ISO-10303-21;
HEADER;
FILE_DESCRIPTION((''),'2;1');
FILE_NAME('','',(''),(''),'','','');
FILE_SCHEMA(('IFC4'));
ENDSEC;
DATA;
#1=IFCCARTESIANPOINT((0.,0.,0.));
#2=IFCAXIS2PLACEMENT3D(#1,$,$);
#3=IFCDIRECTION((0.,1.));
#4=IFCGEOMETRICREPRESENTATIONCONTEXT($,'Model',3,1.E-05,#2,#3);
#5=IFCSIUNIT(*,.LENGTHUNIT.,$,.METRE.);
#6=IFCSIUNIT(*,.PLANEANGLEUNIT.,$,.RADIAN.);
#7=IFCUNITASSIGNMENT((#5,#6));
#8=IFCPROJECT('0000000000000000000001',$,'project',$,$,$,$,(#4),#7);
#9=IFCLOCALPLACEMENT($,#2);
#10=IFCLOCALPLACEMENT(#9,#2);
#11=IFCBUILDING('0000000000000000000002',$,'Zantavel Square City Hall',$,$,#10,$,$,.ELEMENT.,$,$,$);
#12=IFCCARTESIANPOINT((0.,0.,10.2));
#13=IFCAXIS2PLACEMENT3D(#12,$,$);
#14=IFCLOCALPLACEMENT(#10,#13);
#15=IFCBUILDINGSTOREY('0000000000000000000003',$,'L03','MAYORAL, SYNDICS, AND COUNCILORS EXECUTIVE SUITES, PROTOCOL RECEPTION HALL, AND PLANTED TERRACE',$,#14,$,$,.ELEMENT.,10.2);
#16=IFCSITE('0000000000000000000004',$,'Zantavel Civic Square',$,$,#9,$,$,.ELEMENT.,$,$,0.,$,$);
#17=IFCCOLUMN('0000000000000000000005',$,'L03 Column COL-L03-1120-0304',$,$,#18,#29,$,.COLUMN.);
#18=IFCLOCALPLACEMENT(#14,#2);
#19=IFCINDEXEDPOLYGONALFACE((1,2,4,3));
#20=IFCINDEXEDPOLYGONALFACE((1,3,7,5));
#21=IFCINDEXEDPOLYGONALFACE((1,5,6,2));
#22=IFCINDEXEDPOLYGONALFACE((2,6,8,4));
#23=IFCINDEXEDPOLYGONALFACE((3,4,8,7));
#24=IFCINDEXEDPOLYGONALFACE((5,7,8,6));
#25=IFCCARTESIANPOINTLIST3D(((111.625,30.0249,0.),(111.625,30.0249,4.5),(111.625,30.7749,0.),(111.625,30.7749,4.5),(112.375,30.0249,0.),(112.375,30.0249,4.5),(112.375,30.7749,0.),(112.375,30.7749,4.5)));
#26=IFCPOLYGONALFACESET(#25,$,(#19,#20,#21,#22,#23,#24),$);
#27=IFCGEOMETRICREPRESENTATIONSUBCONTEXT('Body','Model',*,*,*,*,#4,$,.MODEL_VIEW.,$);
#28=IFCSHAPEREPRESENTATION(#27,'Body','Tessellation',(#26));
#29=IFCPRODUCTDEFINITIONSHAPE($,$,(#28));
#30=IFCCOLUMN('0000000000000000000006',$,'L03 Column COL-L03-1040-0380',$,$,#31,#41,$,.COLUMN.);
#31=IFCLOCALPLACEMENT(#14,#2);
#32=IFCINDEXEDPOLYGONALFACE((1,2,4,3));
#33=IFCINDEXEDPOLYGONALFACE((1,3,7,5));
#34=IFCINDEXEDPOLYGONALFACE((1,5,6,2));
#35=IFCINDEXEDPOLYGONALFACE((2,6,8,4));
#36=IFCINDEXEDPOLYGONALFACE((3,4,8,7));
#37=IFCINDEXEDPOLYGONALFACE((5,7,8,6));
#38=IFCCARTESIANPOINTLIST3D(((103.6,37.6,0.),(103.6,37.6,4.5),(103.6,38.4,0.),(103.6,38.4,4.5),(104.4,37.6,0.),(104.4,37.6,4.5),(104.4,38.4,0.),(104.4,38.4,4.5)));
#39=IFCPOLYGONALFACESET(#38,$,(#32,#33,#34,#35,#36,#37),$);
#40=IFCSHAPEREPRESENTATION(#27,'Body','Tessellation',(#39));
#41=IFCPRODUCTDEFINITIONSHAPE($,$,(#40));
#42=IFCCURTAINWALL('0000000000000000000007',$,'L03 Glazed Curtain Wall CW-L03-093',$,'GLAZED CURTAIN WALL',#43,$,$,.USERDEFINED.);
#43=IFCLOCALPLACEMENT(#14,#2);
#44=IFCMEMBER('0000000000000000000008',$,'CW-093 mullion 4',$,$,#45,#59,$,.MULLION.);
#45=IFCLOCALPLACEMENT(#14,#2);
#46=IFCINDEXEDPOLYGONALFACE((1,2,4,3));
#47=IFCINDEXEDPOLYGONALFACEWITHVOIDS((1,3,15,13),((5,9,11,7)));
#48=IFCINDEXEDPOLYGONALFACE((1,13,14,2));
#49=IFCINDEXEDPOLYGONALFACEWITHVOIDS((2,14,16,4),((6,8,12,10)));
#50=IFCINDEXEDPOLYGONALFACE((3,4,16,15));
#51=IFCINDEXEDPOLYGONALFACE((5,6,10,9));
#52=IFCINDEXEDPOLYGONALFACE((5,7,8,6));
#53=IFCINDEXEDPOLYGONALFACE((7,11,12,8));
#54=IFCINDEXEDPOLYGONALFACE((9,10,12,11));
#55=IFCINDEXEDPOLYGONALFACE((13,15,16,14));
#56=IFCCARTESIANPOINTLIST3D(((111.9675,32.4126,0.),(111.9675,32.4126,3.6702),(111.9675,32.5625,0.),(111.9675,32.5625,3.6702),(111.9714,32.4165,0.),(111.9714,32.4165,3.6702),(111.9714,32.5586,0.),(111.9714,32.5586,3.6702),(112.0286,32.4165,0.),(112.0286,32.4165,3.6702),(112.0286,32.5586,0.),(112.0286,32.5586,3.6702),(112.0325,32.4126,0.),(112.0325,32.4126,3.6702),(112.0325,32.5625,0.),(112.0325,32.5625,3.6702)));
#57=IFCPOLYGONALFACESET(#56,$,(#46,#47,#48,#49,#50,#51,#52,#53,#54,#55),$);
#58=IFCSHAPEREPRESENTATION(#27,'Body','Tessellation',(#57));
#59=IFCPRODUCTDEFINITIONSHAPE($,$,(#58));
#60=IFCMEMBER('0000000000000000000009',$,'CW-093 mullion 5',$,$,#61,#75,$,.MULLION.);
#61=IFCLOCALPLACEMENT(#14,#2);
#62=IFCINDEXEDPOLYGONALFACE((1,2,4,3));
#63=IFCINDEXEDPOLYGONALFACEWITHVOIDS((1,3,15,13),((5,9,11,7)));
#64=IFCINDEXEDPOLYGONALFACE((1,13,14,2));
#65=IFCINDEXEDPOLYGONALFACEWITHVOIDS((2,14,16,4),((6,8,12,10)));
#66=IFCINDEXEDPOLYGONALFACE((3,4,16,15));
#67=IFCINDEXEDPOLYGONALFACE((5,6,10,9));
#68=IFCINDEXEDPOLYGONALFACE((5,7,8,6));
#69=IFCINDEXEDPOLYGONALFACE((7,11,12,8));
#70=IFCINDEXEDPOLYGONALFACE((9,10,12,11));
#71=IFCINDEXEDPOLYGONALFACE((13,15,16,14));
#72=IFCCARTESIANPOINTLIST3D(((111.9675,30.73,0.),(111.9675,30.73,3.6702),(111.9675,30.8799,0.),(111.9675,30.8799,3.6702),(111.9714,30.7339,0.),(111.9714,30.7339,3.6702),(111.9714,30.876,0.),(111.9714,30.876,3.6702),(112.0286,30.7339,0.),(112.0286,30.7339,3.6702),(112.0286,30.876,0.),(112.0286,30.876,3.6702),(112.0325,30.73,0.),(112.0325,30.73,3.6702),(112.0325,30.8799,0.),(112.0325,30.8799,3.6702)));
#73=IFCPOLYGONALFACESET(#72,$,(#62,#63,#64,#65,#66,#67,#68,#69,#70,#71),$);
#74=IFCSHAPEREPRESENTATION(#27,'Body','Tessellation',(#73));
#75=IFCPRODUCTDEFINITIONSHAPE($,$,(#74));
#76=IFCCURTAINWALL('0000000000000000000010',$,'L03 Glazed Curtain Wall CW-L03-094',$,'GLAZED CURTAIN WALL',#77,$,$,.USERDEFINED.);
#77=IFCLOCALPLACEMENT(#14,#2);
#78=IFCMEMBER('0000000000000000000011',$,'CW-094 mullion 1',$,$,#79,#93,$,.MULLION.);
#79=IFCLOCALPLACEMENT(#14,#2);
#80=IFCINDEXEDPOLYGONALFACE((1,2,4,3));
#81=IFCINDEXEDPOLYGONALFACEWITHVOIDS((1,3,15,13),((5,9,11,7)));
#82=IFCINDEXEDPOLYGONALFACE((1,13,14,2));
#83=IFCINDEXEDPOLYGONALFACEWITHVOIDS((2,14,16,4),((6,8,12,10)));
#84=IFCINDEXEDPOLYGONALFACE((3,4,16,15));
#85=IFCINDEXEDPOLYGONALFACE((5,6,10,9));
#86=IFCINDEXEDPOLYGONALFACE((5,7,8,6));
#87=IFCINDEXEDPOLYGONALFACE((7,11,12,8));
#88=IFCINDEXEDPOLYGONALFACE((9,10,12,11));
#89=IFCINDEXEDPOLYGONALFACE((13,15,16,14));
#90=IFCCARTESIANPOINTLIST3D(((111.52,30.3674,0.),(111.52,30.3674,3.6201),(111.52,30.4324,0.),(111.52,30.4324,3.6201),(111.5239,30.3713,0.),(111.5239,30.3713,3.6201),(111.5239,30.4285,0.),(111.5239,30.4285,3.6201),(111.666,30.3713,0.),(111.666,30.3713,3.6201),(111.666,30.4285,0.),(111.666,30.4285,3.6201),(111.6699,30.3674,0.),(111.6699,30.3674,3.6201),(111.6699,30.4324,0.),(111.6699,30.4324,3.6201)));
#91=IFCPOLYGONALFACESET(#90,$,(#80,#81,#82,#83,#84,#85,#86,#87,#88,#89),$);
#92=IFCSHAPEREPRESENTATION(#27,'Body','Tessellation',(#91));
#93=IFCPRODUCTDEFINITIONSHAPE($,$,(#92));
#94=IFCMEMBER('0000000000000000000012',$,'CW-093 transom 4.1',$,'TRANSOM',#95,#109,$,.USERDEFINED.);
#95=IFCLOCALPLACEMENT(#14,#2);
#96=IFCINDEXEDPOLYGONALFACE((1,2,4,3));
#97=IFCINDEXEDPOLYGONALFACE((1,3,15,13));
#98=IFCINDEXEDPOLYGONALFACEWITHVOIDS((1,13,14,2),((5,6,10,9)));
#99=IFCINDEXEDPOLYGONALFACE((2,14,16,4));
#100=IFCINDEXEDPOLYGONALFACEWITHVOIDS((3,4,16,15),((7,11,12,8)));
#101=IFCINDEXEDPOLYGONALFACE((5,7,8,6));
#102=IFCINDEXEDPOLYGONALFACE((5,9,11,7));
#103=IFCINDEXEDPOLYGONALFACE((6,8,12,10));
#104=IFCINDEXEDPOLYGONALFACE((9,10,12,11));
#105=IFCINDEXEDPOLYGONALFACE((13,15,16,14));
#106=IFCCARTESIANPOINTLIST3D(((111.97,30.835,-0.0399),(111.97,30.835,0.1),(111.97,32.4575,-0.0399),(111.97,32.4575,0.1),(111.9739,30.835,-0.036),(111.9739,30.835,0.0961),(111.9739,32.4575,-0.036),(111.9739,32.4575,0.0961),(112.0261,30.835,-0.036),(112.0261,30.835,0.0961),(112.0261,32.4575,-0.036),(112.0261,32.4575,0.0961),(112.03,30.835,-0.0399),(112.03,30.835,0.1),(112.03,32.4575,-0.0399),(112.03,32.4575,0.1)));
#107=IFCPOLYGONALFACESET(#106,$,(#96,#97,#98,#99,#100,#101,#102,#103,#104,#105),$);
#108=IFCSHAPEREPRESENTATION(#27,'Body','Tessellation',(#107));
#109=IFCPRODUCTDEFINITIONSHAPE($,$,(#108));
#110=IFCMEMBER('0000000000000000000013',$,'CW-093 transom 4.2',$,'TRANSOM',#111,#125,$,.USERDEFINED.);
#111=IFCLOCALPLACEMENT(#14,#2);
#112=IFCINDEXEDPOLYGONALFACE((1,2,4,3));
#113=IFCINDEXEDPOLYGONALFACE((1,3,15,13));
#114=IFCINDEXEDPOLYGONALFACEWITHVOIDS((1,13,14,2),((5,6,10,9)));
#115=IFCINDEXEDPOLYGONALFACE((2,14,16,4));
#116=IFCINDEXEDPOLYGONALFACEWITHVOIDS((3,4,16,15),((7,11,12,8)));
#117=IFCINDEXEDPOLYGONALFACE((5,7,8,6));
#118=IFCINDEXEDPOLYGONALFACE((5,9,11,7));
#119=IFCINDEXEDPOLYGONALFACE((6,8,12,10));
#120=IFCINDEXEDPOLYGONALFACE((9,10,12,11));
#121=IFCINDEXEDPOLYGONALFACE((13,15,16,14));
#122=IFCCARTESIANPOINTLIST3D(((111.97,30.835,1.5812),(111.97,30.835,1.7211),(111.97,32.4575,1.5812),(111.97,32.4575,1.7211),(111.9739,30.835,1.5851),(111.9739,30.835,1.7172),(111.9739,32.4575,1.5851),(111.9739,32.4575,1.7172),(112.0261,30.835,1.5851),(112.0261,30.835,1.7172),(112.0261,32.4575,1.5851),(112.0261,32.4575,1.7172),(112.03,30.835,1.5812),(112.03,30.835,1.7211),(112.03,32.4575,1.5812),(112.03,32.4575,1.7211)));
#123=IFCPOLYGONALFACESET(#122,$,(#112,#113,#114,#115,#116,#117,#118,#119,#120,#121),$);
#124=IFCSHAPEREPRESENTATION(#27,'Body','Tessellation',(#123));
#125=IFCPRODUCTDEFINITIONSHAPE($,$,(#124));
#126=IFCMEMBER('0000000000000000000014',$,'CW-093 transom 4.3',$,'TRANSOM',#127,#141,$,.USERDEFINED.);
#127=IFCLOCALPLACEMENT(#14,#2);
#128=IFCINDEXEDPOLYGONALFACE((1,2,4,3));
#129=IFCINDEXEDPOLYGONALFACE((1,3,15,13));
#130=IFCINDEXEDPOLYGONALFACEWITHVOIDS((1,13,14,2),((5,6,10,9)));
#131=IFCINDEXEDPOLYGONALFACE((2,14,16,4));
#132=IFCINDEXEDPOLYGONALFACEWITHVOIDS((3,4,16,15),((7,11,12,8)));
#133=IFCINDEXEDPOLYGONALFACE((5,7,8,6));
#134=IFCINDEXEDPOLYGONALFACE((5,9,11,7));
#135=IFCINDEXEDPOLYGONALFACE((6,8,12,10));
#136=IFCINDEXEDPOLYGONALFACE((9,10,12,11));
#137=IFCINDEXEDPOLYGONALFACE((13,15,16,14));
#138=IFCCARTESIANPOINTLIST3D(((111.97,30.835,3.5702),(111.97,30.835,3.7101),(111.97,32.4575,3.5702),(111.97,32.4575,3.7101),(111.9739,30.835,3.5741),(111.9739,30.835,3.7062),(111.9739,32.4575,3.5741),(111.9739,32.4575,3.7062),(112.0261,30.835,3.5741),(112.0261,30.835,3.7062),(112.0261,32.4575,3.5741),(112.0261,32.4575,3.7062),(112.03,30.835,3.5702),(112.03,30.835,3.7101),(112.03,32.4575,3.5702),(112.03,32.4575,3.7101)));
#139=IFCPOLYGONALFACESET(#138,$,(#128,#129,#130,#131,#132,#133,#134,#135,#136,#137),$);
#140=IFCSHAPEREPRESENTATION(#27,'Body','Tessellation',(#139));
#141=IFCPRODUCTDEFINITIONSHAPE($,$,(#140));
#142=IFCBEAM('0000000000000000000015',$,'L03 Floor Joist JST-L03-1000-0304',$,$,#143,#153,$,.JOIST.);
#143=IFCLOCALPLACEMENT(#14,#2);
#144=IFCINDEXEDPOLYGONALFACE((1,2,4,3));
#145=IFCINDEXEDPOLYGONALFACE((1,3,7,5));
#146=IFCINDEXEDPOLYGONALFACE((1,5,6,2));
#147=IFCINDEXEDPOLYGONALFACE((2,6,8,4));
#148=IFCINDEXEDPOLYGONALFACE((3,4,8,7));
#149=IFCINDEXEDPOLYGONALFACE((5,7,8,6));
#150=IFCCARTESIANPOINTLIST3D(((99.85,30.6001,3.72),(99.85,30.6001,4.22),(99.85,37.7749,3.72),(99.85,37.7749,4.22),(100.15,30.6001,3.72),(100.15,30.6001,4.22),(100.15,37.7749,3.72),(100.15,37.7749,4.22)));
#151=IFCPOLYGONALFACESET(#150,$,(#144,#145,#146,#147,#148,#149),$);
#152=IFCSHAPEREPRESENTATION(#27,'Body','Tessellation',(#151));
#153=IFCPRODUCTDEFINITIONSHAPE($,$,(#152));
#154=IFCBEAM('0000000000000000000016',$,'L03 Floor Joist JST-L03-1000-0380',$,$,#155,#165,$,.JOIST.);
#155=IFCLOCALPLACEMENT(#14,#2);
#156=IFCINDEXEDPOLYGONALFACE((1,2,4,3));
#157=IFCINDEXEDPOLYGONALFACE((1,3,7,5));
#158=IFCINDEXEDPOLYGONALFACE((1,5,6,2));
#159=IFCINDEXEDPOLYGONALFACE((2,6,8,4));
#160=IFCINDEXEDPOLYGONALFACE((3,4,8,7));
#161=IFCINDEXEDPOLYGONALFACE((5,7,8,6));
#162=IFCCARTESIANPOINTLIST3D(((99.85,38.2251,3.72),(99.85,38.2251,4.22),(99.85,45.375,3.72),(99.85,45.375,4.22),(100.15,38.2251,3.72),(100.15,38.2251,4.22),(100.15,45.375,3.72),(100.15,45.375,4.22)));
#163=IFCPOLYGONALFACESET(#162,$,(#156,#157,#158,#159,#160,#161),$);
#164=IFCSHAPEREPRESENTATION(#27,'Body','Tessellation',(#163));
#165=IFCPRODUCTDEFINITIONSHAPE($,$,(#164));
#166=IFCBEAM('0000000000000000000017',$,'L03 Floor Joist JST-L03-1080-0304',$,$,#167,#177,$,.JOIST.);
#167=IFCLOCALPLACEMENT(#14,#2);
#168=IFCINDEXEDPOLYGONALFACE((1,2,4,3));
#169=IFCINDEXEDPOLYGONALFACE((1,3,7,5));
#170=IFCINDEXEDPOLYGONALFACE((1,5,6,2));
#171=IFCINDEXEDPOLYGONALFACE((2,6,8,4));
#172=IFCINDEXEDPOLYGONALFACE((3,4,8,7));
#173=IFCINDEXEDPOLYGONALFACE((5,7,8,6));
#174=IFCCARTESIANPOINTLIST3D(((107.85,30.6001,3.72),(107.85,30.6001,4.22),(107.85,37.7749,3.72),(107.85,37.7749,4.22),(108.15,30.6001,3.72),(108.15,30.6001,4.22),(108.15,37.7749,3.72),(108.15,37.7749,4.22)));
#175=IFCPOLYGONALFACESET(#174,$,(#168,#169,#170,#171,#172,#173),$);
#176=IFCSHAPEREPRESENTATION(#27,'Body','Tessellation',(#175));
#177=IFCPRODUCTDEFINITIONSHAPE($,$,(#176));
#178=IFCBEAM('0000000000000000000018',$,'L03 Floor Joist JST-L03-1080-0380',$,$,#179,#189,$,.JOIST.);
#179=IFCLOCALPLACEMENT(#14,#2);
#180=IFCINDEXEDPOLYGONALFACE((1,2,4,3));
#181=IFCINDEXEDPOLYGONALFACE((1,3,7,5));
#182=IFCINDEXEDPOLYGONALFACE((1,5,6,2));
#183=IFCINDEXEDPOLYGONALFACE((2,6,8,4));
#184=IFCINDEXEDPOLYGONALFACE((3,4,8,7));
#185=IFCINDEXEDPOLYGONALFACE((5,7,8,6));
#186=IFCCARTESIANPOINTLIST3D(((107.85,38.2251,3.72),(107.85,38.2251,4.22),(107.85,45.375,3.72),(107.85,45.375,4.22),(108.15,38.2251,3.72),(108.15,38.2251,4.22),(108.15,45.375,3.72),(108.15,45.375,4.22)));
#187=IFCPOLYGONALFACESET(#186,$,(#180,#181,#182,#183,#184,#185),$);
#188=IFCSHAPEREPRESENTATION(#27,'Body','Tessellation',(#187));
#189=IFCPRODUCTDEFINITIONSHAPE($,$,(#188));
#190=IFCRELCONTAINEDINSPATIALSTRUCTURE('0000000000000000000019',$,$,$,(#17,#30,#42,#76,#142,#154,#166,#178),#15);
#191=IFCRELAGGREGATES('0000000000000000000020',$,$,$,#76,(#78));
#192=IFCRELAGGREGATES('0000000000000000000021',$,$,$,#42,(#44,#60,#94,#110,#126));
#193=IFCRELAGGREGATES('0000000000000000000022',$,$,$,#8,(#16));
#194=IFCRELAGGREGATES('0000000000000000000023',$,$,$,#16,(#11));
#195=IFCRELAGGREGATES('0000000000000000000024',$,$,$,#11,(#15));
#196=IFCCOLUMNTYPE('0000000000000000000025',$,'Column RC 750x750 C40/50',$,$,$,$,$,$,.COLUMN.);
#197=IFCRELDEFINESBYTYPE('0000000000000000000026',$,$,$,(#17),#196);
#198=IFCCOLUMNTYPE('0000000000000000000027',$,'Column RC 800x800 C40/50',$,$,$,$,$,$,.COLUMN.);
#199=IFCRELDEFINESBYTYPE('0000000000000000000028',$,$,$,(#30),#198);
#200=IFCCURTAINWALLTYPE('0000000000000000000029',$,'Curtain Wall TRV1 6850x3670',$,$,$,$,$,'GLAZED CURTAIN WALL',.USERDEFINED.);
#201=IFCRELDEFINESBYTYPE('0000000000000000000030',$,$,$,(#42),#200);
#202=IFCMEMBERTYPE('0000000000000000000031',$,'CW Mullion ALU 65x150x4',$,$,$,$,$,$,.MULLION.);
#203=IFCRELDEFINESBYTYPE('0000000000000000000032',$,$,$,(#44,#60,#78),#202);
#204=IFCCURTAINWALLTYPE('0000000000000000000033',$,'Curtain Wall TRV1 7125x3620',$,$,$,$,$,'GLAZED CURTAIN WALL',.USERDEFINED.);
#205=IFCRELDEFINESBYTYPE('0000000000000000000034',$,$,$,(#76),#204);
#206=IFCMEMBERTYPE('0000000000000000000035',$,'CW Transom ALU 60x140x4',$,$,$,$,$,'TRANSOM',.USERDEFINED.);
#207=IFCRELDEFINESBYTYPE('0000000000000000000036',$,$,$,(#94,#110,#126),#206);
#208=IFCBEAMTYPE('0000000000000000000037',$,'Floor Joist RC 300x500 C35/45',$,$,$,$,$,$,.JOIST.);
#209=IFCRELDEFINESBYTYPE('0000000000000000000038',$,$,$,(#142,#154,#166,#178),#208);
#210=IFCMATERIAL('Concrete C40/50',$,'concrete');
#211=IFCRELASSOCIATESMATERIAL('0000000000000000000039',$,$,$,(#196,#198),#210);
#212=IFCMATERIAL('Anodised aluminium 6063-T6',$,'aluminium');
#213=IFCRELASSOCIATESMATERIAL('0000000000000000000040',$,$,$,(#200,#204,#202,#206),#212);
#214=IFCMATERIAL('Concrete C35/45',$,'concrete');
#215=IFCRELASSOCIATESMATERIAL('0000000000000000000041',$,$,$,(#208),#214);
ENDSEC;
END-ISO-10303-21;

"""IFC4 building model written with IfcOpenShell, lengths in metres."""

from ifc_helpers import new_model, si_unit, direction, frame, origin, origin_2d, place, context, subcontext, project, spatial, rectangle, hollow_rectangle, extrude, material, material_profile, profile_set, type_object, element, aggregate, save


model = new_model("IFC4")

# Units and contexts
model_context = context("Model", 3, precision=1e-05, world=origin(), true_north=direction((0.0, 1.0)))
body_context = subcontext(model_context, "Body", "Model", "MODEL_VIEW")
ifc_project = project(units=[si_unit("LENGTHUNIT", "METRE"), si_unit("PLANEANGLEUNIT", "RADIAN")], contexts=[model_context])

# Site, building, storey
site_placement = place(None, origin())
site = spatial("IfcSite", under=ifc_project, at=site_placement, Name="Zantavel Civic Square", CompositionType="ELEMENT", RefElevation=0.0)
building_placement = place(site_placement, origin())
building = spatial("IfcBuilding", under=site, at=building_placement, Name="Zantavel Square City Hall", CompositionType="ELEMENT")
storey_placement = place(building_placement, frame((0.0, 0.0, 10.2)))
storey = spatial("IfcBuildingStorey", under=building, at=storey_placement, Name="L03", Description="MAYORAL, SYNDICS, AND COUNCILORS EXECUTIVE SUITES, PROTOCOL RECEPTION HALL, AND PLANTED TERRACE", CompositionType="ELEMENT", Elevation=10.2)

# Columns
ifc_material_1 = material(Name="Concrete C40/50", Category="concrete")
ifc_material_profile_1 = material_profile(ifc_material_1, rectangle(XDim=0.75, YDim=0.75, at=origin_2d()), Name="RC 750x750")
ifc_profile_set_1 = profile_set([ifc_material_profile_1], Name="Concrete C40/50")
column_type_1 = type_object("IfcColumnType", Name="Column RC 750x750 C40/50", PredefinedType="COLUMN", material=ifc_profile_set_1)
column_1_placement = place(storey_placement, frame((112.0, 30.3999, 0.0), z_axis=(0.0, 0.0, 1.0), x_axis=(1.0, 0.0, 0.0)))
element("IfcColumn", 1, at=column_1_placement, inside=storey, type_object=column_type_1, Name="L03 Column COL-L03-1120-0304", PredefinedType="COLUMN", context=body_context, shape_type="SweptSolid", body=[
    extrude(rectangle(XDim=0.75, YDim=0.75, at=origin_2d()), origin(), (0.0, 0.0, 1.0), 4.5),
])
ifc_material_profile_2 = material_profile(ifc_material_1, rectangle(XDim=0.8, YDim=0.8, at=origin_2d()), Name="RC 800x800")
ifc_profile_set_2 = profile_set([ifc_material_profile_2], Name="Concrete C40/50")
column_type_2 = type_object("IfcColumnType", Name="Column RC 800x800 C40/50", PredefinedType="COLUMN", material=ifc_profile_set_2)
column_2_placement = place(storey_placement, frame((104.0, 38.0, 0.0), z_axis=(0.0, 0.0, 1.0), x_axis=(1.0, 0.0, 0.0)))
element("IfcColumn", 2, at=column_2_placement, inside=storey, type_object=column_type_2, Name="L03 Column COL-L03-1040-0380", PredefinedType="COLUMN", context=body_context, shape_type="SweptSolid", body=[
    extrude(rectangle(XDim=0.8, YDim=0.8, at=origin_2d()), origin(), (0.0, 0.0, 1.0), 4.5),
])

# Curtain wall, members
ifc_material_2 = material(Name="Anodised aluminium 6063-T6", Category="aluminium")
curtain_wall_type_1 = type_object("IfcCurtainWallType", Name="Curtain Wall TRV1 6850x3670", ElementType="GLAZED CURTAIN WALL", PredefinedType="USERDEFINED", material=ifc_material_2)
curtain_wall_1_placement = place(storey_placement, origin())
curtain_wall_1 = element("IfcCurtainWall", 3, at=curtain_wall_1_placement, inside=storey, type_object=curtain_wall_type_1, Name="L03 Glazed Curtain Wall CW-L03-093", ObjectType="GLAZED CURTAIN WALL", PredefinedType="USERDEFINED")
ifc_material_profile_3 = material_profile(ifc_material_2, hollow_rectangle(XDim=0.0649, YDim=0.1499, WallThickness=0.0039, at=origin_2d()), Name="ALU 65x150x4")
ifc_profile_set_3 = profile_set([ifc_material_profile_3], Name="Anodised aluminium 6063-T6")
member_type_1 = type_object("IfcMemberType", Name="CW Mullion ALU 65x150x4", PredefinedType="MULLION", material=ifc_profile_set_3)
member_1_placement = place(storey_placement, frame((112.0, 32.4875, 0.0), z_axis=(0.0, 0.0, 1.0), x_axis=(1.0, 0.0, 0.0)))
member_1 = element("IfcMember", 4, at=member_1_placement, type_object=member_type_1, Name="CW-093 mullion 4", PredefinedType="MULLION", context=body_context, shape_type="SweptSolid", body=[
    extrude(hollow_rectangle(XDim=0.0649, YDim=0.1499, WallThickness=0.0039, at=origin_2d()), origin(), (0.0, 0.0, 1.0), 3.6702),
])
member_2_placement = place(storey_placement, frame((112.0, 30.8049, 0.0), z_axis=(0.0, 0.0, 1.0), x_axis=(1.0, 0.0, 0.0)))
member_2 = element("IfcMember", 5, at=member_2_placement, type_object=member_type_1, Name="CW-093 mullion 5", PredefinedType="MULLION", context=body_context, shape_type="SweptSolid", body=[
    extrude(hollow_rectangle(XDim=0.0649, YDim=0.1499, WallThickness=0.0039, at=origin_2d()), origin(), (0.0, 0.0, 1.0), 3.6702),
])

# Curtain wall, member
curtain_wall_type_2 = type_object("IfcCurtainWallType", Name="Curtain Wall TRV1 7125x3620", ElementType="GLAZED CURTAIN WALL", PredefinedType="USERDEFINED", material=ifc_material_2)
curtain_wall_2_placement = place(storey_placement, origin())
curtain_wall_2 = element("IfcCurtainWall", 6, at=curtain_wall_2_placement, inside=storey, type_object=curtain_wall_type_2, Name="L03 Glazed Curtain Wall CW-L03-094", ObjectType="GLAZED CURTAIN WALL", PredefinedType="USERDEFINED")
member_3_placement = place(storey_placement, frame((111.595, 30.3999, 0.0), z_axis=(0.0, 0.0, 1.0), x_axis=(0.0, -1.0, 0.0)))
member_3 = element("IfcMember", 7, at=member_3_placement, type_object=member_type_1, Name="CW-094 mullion 1", PredefinedType="MULLION", context=body_context, shape_type="SweptSolid", body=[
    extrude(hollow_rectangle(XDim=0.0649, YDim=0.1499, WallThickness=0.0039, at=origin_2d()), origin(), (0.0, 0.0, 1.0), 3.6201),
])
aggregate(curtain_wall_2, [member_3])

# Members
ifc_material_profile_4 = material_profile(ifc_material_2, hollow_rectangle(XDim=0.0601, YDim=0.1399, WallThickness=0.0039, at=origin_2d()), Name="ALU 60x140x4")
ifc_profile_set_4 = profile_set([ifc_material_profile_4], Name="Anodised aluminium 6063-T6")
member_type_2 = type_object("IfcMemberType", Name="CW Transom ALU 60x140x4", ElementType="TRANSOM", PredefinedType="USERDEFINED", material=ifc_profile_set_4)
member_4_placement = place(storey_placement, frame((112.0, 32.4575, 0.03), z_axis=(0.0, -1.0, 0.0), x_axis=(1.0, 0.0, 0.0)))
member_4 = element("IfcMember", 8, at=member_4_placement, type_object=member_type_2, Name="CW-093 transom 4.1", ObjectType="TRANSOM", PredefinedType="USERDEFINED", context=body_context, shape_type="SweptSolid", body=[
    extrude(hollow_rectangle(XDim=0.0601, YDim=0.1399, WallThickness=0.0039, at=origin_2d()), origin(), (0.0, 0.0, 1.0), 1.6226),
])
member_5_placement = place(storey_placement, frame((112.0, 32.4575, 1.6511), z_axis=(0.0, -1.0, 0.0), x_axis=(1.0, 0.0, 0.0)))
member_5 = element("IfcMember", 9, at=member_5_placement, type_object=member_type_2, Name="CW-093 transom 4.2", ObjectType="TRANSOM", PredefinedType="USERDEFINED", context=body_context, shape_type="SweptSolid", body=[
    extrude(hollow_rectangle(XDim=0.0601, YDim=0.1399, WallThickness=0.0039, at=origin_2d()), origin(), (0.0, 0.0, 1.0), 1.6226),
])
member_6_placement = place(storey_placement, frame((112.0, 32.4575, 3.6401), z_axis=(0.0, -1.0, 0.0), x_axis=(1.0, 0.0, 0.0)))
member_6 = element("IfcMember", 10, at=member_6_placement, type_object=member_type_2, Name="CW-093 transom 4.3", ObjectType="TRANSOM", PredefinedType="USERDEFINED", context=body_context, shape_type="SweptSolid", body=[
    extrude(hollow_rectangle(XDim=0.0601, YDim=0.1399, WallThickness=0.0039, at=origin_2d()), origin(), (0.0, 0.0, 1.0), 1.6226),
])

# Beams
ifc_material_3 = material(Name="Concrete C35/45", Category="concrete")
ifc_material_profile_5 = material_profile(ifc_material_3, rectangle(XDim=0.3, YDim=0.5, at=origin_2d()), Name="RC 300x500")
ifc_profile_set_5 = profile_set([ifc_material_profile_5], Name="Concrete C35/45")
beam_type_1 = type_object("IfcBeamType", Name="Floor Joist RC 300x500 C35/45", PredefinedType="JOIST", material=ifc_profile_set_5)
beam_1_placement = place(storey_placement, frame((100.0, 30.6001, 3.97), z_axis=(0.0, 1.0, 0.0), x_axis=(-1.0, 0.0, 0.0)))
element("IfcBeam", 11, at=beam_1_placement, inside=storey, type_object=beam_type_1, Name="L03 Floor Joist JST-L03-1000-0304", PredefinedType="JOIST", context=body_context, shape_type="SweptSolid", body=[
    extrude(rectangle(XDim=0.3, YDim=0.5, at=origin_2d()), origin(), (0.0, 0.0, 1.0), 7.1748),
])
beam_2_placement = place(storey_placement, frame((100.0, 38.2251, 3.97), z_axis=(0.0, 1.0, 0.0), x_axis=(-1.0, 0.0, 0.0)))
element("IfcBeam", 12, at=beam_2_placement, inside=storey, type_object=beam_type_1, Name="L03 Floor Joist JST-L03-1000-0380", PredefinedType="JOIST", context=body_context, shape_type="SweptSolid", body=[
    extrude(rectangle(XDim=0.3, YDim=0.5, at=origin_2d()), origin(), (0.0, 0.0, 1.0), 7.1499),
])
beam_3_placement = place(storey_placement, frame((108.0, 30.6001, 3.97), z_axis=(0.0, 1.0, 0.0), x_axis=(-1.0, 0.0, 0.0)))
element("IfcBeam", 13, at=beam_3_placement, inside=storey, type_object=beam_type_1, Name="L03 Floor Joist JST-L03-1080-0304", PredefinedType="JOIST", context=body_context, shape_type="SweptSolid", body=[
    extrude(rectangle(XDim=0.3, YDim=0.5, at=origin_2d()), origin(), (0.0, 0.0, 1.0), 7.1748),
])
beam_4_placement = place(storey_placement, frame((108.0, 38.2251, 3.97), z_axis=(0.0, 1.0, 0.0), x_axis=(-1.0, 0.0, 0.0)))
element("IfcBeam", 14, at=beam_4_placement, inside=storey, type_object=beam_type_1, Name="L03 Floor Joist JST-L03-1080-0380", PredefinedType="JOIST", context=body_context, shape_type="SweptSolid", body=[
    extrude(rectangle(XDim=0.3, YDim=0.5, at=origin_2d()), origin(), (0.0, 0.0, 1.0), 7.1499),
])

aggregate(curtain_wall_1, [member_1, member_2, member_4, member_5, member_6])

save(model, "model.ifc")
